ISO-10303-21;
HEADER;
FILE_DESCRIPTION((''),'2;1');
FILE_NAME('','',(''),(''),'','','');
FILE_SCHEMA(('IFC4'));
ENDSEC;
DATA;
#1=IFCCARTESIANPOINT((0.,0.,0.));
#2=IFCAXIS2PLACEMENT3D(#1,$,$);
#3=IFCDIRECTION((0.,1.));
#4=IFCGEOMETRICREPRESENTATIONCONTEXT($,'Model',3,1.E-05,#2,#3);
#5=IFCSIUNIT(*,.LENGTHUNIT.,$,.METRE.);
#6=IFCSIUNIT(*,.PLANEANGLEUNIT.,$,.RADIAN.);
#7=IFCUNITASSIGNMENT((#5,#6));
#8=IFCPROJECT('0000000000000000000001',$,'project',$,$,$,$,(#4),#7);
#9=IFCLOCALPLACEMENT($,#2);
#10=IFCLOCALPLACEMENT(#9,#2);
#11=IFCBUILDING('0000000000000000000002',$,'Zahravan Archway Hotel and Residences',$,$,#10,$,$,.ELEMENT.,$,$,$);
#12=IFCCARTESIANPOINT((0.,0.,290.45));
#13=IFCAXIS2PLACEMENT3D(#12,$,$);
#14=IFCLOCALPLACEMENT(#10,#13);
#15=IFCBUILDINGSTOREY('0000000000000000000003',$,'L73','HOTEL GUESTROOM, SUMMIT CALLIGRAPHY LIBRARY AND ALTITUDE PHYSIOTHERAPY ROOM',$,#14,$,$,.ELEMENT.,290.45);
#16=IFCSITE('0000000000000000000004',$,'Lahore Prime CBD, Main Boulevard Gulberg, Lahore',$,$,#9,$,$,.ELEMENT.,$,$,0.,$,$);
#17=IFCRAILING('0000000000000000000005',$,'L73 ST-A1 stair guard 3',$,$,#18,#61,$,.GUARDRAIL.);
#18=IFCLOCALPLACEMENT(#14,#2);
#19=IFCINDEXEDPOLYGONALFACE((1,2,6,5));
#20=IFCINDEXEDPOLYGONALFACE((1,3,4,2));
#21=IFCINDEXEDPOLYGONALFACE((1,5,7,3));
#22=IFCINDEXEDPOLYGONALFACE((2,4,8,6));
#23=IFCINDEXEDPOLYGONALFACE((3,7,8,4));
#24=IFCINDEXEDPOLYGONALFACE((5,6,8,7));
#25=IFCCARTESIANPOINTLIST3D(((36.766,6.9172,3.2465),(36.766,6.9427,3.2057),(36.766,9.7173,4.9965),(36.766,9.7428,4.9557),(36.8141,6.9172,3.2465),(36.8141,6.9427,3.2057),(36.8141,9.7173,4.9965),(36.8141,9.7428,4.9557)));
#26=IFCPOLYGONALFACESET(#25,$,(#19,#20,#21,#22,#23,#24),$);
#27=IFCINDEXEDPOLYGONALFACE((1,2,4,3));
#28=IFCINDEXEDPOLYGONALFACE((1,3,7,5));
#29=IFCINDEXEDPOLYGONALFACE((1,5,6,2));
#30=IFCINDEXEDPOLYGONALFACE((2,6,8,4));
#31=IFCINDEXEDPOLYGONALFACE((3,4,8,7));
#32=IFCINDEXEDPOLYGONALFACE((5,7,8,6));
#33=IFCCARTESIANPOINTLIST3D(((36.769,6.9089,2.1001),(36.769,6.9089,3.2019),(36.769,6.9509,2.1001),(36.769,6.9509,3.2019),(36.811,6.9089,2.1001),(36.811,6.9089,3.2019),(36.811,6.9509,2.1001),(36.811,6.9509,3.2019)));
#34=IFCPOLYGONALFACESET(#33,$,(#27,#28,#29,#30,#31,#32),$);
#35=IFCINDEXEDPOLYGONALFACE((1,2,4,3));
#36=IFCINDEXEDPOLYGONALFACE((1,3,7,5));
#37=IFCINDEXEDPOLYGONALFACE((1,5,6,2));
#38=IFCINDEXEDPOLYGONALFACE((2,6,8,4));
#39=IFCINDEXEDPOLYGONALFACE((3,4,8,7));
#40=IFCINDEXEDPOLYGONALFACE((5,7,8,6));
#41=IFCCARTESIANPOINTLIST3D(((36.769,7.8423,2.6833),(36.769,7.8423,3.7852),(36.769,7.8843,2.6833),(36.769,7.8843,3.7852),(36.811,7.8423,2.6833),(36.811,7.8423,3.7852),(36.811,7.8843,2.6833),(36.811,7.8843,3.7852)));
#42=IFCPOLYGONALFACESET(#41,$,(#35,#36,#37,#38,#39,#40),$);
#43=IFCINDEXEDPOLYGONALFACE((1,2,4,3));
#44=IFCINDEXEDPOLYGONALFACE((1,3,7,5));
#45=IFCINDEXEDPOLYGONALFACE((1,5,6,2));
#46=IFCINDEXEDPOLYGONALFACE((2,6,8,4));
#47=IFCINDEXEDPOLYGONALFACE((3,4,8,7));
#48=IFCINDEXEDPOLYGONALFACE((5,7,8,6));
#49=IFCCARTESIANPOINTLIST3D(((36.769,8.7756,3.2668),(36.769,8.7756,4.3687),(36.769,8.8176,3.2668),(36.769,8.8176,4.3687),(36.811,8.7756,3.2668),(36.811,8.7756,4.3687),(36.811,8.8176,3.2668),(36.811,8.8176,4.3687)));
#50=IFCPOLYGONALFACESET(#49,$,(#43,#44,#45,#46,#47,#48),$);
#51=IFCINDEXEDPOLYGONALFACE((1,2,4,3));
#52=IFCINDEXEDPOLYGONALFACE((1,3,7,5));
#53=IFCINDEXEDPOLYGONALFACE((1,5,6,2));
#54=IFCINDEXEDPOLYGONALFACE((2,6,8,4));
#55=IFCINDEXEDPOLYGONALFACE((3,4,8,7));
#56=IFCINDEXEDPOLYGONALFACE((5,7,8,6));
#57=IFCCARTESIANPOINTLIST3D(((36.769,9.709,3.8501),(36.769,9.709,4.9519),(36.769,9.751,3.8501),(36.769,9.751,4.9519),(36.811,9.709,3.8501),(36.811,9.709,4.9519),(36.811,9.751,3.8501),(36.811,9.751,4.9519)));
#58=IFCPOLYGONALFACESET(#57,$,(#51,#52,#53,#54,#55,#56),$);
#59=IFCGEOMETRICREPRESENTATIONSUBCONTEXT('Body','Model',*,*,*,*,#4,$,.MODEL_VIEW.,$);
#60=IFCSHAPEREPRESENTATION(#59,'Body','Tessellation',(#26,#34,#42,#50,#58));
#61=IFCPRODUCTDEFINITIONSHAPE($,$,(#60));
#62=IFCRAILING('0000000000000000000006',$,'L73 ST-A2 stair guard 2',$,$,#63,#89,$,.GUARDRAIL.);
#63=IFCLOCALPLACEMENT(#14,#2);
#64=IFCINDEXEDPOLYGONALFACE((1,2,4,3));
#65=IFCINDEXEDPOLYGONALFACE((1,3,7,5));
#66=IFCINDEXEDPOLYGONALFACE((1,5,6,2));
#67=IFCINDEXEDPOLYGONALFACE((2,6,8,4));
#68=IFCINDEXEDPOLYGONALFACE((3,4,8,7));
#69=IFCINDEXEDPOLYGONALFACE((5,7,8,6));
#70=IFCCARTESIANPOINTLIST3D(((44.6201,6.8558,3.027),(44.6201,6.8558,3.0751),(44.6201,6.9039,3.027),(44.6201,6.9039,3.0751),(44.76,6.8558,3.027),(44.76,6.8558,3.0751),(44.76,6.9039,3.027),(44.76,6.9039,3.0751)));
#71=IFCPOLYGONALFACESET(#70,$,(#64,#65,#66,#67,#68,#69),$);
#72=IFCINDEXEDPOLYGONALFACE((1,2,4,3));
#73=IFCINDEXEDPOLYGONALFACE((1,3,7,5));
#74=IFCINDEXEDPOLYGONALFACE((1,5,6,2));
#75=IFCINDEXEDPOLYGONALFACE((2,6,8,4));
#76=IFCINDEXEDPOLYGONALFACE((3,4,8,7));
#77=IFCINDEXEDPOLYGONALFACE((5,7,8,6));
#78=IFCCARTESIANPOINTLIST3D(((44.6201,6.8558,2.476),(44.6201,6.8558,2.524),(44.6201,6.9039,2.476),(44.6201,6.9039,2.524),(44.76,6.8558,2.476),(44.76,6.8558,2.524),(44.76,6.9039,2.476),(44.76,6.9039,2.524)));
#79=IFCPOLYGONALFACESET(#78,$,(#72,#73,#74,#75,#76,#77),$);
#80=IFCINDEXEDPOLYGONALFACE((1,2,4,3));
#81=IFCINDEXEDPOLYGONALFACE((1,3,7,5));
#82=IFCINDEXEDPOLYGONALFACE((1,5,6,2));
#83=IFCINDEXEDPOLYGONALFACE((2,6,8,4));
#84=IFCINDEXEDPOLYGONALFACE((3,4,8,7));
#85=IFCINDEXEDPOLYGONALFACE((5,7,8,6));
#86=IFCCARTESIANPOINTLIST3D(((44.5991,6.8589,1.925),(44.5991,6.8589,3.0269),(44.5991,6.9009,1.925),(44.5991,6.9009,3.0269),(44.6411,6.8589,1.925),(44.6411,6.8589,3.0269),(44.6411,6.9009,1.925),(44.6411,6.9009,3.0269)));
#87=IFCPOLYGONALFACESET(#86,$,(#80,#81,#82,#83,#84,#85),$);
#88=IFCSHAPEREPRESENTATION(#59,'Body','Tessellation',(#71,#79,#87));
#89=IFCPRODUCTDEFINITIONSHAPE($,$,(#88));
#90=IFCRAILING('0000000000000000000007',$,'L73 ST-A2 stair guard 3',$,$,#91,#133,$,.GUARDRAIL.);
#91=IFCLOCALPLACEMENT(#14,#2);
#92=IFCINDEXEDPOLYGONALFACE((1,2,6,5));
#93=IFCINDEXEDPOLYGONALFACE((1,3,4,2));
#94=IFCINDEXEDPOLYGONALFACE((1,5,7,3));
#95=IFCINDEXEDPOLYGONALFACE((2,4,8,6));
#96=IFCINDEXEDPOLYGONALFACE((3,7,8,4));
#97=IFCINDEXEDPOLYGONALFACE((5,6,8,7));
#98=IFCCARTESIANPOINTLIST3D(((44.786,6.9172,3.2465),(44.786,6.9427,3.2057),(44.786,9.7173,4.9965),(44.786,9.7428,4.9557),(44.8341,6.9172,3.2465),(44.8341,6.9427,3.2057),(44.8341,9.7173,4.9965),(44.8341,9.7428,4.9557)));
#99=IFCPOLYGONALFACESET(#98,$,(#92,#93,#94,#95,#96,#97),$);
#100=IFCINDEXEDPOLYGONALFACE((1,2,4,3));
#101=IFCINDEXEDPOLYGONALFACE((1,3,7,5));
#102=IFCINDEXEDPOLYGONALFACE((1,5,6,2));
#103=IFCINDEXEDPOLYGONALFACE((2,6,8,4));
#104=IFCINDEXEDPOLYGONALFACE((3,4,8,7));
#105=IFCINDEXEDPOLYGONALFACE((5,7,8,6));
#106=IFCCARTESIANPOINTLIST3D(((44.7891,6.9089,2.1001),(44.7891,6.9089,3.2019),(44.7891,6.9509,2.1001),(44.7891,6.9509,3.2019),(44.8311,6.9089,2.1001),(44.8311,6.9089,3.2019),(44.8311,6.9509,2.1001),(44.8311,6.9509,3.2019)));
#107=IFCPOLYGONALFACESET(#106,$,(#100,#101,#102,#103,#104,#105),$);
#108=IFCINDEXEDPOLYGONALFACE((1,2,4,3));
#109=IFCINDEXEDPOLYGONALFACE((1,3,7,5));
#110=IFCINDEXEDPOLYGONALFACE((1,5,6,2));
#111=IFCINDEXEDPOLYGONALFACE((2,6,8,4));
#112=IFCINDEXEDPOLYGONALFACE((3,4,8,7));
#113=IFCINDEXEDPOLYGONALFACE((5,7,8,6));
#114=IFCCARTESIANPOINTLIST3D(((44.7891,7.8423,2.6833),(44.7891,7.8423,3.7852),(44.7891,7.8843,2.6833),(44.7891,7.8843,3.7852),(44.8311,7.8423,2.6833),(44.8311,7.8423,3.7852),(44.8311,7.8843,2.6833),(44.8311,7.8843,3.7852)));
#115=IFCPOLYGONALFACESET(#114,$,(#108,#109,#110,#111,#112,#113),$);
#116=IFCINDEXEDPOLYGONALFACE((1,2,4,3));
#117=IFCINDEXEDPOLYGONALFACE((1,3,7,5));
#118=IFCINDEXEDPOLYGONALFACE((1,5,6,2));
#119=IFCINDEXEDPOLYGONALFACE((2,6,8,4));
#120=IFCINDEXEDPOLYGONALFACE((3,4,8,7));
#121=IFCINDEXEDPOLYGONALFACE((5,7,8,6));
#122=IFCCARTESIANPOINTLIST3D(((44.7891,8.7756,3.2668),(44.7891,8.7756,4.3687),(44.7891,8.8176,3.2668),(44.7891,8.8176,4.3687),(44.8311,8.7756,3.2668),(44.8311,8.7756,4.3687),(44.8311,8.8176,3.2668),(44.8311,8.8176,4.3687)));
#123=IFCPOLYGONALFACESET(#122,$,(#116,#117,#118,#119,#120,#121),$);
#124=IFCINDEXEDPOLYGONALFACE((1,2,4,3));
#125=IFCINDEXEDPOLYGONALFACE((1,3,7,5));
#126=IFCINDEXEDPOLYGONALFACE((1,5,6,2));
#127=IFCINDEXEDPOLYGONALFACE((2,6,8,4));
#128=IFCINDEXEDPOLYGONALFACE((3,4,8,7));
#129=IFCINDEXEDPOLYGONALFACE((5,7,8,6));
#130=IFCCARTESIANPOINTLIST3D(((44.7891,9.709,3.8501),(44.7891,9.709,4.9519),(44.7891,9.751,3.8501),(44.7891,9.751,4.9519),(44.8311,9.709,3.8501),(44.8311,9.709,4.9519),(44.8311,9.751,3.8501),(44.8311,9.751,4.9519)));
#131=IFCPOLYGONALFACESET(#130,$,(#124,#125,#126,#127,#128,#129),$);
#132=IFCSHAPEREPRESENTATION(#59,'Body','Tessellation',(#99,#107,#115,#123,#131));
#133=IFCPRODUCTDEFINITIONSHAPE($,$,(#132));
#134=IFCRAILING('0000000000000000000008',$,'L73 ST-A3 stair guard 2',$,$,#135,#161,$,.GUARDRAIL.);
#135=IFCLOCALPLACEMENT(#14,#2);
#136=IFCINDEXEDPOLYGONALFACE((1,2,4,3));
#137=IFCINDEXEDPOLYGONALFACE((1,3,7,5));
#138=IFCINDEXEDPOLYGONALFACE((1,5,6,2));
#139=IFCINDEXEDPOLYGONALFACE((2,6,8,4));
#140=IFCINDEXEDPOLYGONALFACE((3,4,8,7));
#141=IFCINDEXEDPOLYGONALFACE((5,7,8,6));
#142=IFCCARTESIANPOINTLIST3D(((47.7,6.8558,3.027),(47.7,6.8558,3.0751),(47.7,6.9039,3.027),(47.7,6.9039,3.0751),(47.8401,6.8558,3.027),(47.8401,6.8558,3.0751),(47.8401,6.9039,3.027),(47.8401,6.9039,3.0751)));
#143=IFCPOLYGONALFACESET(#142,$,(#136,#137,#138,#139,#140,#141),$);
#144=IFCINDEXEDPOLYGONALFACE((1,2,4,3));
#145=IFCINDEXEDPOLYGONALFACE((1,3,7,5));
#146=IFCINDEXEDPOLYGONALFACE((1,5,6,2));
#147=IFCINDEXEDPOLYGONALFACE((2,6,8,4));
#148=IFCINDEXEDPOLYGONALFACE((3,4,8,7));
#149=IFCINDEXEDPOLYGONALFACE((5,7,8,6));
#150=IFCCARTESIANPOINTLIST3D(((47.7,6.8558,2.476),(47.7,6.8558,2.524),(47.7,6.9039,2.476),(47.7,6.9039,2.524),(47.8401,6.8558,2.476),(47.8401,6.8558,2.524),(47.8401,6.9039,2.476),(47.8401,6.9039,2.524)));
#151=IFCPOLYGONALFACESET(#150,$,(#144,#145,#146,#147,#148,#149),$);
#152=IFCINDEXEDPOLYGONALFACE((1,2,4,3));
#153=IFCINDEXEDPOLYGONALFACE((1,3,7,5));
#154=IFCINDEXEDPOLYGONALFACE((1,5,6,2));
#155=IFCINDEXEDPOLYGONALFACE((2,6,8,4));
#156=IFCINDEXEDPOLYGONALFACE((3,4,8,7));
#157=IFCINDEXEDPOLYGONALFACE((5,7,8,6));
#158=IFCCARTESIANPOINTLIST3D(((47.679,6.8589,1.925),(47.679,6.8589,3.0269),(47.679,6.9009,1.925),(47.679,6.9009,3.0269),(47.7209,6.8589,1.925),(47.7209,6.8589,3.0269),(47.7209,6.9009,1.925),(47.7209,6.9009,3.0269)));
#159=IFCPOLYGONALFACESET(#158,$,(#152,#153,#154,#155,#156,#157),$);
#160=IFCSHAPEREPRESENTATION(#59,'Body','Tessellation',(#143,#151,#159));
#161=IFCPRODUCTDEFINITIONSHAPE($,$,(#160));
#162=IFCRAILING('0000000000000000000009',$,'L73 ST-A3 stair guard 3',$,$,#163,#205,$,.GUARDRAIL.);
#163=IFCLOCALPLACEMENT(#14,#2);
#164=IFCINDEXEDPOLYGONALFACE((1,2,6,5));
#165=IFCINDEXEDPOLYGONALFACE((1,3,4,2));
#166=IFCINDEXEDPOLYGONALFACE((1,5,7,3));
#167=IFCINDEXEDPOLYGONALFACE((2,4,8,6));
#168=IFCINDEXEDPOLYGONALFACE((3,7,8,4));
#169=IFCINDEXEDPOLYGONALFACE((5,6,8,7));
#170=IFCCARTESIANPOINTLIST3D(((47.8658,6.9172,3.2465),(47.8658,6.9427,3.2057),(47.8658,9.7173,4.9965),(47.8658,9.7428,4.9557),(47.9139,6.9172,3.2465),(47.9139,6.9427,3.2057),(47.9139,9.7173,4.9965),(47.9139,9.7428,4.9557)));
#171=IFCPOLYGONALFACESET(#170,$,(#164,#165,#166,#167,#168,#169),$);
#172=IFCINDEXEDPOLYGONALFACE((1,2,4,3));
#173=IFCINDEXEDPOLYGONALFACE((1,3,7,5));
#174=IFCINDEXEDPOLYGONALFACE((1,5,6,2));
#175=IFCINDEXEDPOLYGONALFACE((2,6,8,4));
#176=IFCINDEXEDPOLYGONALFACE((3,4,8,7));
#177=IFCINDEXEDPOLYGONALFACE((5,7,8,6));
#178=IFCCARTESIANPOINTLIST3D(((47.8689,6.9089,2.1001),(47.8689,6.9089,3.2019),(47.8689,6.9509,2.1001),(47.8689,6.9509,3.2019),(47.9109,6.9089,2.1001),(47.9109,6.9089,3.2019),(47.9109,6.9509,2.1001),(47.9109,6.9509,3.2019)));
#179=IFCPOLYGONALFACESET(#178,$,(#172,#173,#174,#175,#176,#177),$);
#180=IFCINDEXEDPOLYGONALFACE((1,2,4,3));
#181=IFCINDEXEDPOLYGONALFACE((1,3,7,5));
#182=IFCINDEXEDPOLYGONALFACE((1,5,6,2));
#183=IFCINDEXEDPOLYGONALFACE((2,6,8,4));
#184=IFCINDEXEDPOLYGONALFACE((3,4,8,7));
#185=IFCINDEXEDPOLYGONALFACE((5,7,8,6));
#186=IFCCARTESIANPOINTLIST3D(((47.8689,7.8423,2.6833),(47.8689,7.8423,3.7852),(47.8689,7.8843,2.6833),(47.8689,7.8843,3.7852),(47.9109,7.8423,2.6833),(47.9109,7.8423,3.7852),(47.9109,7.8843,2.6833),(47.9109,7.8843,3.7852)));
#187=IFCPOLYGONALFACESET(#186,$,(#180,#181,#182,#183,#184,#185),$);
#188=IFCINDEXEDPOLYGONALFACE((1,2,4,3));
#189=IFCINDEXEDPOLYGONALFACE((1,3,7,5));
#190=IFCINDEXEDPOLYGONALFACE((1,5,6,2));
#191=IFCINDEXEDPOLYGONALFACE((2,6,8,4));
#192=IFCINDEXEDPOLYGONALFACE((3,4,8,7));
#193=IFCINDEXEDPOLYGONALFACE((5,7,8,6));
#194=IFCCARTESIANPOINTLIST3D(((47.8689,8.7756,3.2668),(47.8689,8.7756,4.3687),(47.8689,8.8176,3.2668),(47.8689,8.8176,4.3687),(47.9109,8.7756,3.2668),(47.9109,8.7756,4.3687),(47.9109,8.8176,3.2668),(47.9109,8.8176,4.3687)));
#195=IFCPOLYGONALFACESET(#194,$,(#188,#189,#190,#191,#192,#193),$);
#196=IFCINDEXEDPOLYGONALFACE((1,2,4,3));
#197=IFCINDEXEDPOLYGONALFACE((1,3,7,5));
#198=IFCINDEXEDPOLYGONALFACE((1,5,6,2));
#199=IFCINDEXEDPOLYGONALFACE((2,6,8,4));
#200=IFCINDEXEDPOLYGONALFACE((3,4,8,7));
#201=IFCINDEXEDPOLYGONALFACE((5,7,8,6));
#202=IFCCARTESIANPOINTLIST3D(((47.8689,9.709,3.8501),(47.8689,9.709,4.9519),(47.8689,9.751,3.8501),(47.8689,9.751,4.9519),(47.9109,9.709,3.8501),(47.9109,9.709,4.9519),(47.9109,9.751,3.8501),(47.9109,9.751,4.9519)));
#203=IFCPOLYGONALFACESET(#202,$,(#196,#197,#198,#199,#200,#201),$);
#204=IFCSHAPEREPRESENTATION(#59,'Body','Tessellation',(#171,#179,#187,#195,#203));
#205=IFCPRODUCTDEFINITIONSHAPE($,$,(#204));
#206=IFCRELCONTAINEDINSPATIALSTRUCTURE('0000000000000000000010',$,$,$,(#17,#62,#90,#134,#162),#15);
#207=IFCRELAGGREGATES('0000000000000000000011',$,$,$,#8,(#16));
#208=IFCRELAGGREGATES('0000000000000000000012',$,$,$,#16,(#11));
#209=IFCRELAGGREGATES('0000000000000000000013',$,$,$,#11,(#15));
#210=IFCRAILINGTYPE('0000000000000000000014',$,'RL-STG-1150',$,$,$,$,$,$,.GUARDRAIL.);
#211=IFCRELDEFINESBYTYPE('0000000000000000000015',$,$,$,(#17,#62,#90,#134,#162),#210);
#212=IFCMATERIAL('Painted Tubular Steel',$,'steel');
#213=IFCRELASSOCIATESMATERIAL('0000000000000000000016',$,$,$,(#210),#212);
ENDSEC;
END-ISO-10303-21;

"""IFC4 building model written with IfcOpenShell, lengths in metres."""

from ifc_helpers import new_model, si_unit, direction, frame, origin, origin_2d, place, context, subcontext, project, spatial, rectangle, extrude, material, type_object, element, save


model = new_model("IFC4")

# Units and contexts
model_context = context("Model", 3, precision=1e-05, world=origin(), true_north=direction((0.0, 1.0)))
body_context = subcontext(model_context, "Body", "Model", "MODEL_VIEW")
ifc_project = project(units=[si_unit("LENGTHUNIT", "METRE"), si_unit("PLANEANGLEUNIT", "RADIAN")], contexts=[model_context])

# Site, building, storey
site_placement = place(None, origin())
site = spatial("IfcSite", under=ifc_project, at=site_placement, Name="Lahore Prime CBD, Main Boulevard Gulberg, Lahore", CompositionType="ELEMENT", RefElevation=0.0)
building_placement = place(site_placement, origin())
building = spatial("IfcBuilding", under=site, at=building_placement, Name="Zahravan Archway Hotel and Residences", CompositionType="ELEMENT")
storey_placement = place(building_placement, frame((0.0, 0.0, 290.45)))
storey = spatial("IfcBuildingStorey", under=building, at=storey_placement, Name="L73", Description="HOTEL GUESTROOM, SUMMIT CALLIGRAPHY LIBRARY AND ALTITUDE PHYSIOTHERAPY ROOM", CompositionType="ELEMENT", Elevation=290.45)

# Railings
ifc_material_1 = material(Name="Painted Tubular Steel", Category="steel")
railing_type_1 = type_object("IfcRailingType", Name="RL-STG-1150", PredefinedType="GUARDRAIL", material=ifc_material_1)
railing_1_placement = place(storey_placement, frame((36.79, 6.9299, 2.1001)))
element("IfcRailing", 1, at=railing_1_placement, inside=storey, type_object=railing_type_1, Name="L73 ST-A1 stair guard 3", PredefinedType="GUARDRAIL", context=body_context, shape_type="SweptSolid", body=[
    extrude(rectangle(XDim=0.0481, YDim=0.0481, at=origin_2d()), frame((0.0, 0.0, 1.126), z_axis=(0.0, 0.848002, 0.529992), x_axis=(-1.0, 0.0, 0.0)), (0.0, 0.0, 1.0), 3.302),
    extrude(rectangle(XDim=0.042, YDim=0.042, at=origin_2d()), origin(), (0.0, 0.0, 1.0), 1.1018),
    extrude(rectangle(XDim=0.042, YDim=0.042, at=origin_2d()), frame((0.0, 0.9333, 0.5833)), (0.0, 0.0, 1.0), 1.1018),
    extrude(rectangle(XDim=0.042, YDim=0.042, at=origin_2d()), frame((0.0, 1.8667, 1.1667)), (0.0, 0.0, 1.0), 1.1018),
    extrude(rectangle(XDim=0.042, YDim=0.042, at=origin_2d()), frame((0.0, 2.8, 1.75)), (0.0, 0.0, 1.0), 1.1018),
])
railing_2_placement = place(storey_placement, frame((44.6201, 6.8799, 1.925)))
element("IfcRailing", 2, at=railing_2_placement, inside=storey, type_object=railing_type_1, Name="L73 ST-A2 stair guard 2", PredefinedType="GUARDRAIL", context=body_context, shape_type="SweptSolid", body=[
    extrude(rectangle(XDim=0.0481, YDim=0.0481, at=origin_2d()), frame((0.0, 0.0, 1.126), z_axis=(1.0, 0.0, 0.0), x_axis=(0.0, 1.0, 0.0)), (0.0, 0.0, 1.0), 0.1399),
    extrude(rectangle(XDim=0.0481, YDim=0.0481, at=origin_2d()), frame((0.0, 0.0, 0.575), z_axis=(1.0, 0.0, 0.0), x_axis=(0.0, 1.0, 0.0)), (0.0, 0.0, 1.0), 0.1399),
    extrude(rectangle(XDim=0.042, YDim=0.042, at=origin_2d()), origin(), (0.0, 0.0, 1.0), 1.1018),
])
railing_3_placement = place(storey_placement, frame((44.8101, 6.9299, 2.1001)))
element("IfcRailing", 3, at=railing_3_placement, inside=storey, type_object=railing_type_1, Name="L73 ST-A2 stair guard 3", PredefinedType="GUARDRAIL", context=body_context, shape_type="SweptSolid", body=[
    extrude(rectangle(XDim=0.0481, YDim=0.0481, at=origin_2d()), frame((0.0, 0.0, 1.126), z_axis=(0.0, 0.848002, 0.529992), x_axis=(-1.0, 0.0, 0.0)), (0.0, 0.0, 1.0), 3.302),
    extrude(rectangle(XDim=0.042, YDim=0.042, at=origin_2d()), origin(), (0.0, 0.0, 1.0), 1.1018),
    extrude(rectangle(XDim=0.042, YDim=0.042, at=origin_2d()), frame((0.0, 0.9333, 0.5833)), (0.0, 0.0, 1.0), 1.1018),
    extrude(rectangle(XDim=0.042, YDim=0.042, at=origin_2d()), frame((0.0, 1.8667, 1.1667)), (0.0, 0.0, 1.0), 1.1018),
    extrude(rectangle(XDim=0.042, YDim=0.042, at=origin_2d()), frame((0.0, 2.8, 1.75)), (0.0, 0.0, 1.0), 1.1018),
])
railing_4_placement = place(storey_placement, frame((47.7, 6.8799, 1.925)))
element("IfcRailing", 4, at=railing_4_placement, inside=storey, type_object=railing_type_1, Name="L73 ST-A3 stair guard 2", PredefinedType="GUARDRAIL", context=body_context, shape_type="SweptSolid", body=[
    extrude(rectangle(XDim=0.0481, YDim=0.0481, at=origin_2d()), frame((0.0, 0.0, 1.126), z_axis=(1.0, 0.0, 0.0), x_axis=(0.0, 1.0, 0.0)), (0.0, 0.0, 1.0), 0.1401),
    extrude(rectangle(XDim=0.0481, YDim=0.0481, at=origin_2d()), frame((0.0, 0.0, 0.575), z_axis=(1.0, 0.0, 0.0), x_axis=(0.0, 1.0, 0.0)), (0.0, 0.0, 1.0), 0.1401),
    extrude(rectangle(XDim=0.042, YDim=0.042, at=origin_2d()), origin(), (0.0, 0.0, 1.0), 1.1018),
])
railing_5_placement = place(storey_placement, frame((47.8899, 6.9299, 2.1001)))
element("IfcRailing", 5, at=railing_5_placement, inside=storey, type_object=railing_type_1, Name="L73 ST-A3 stair guard 3", PredefinedType="GUARDRAIL", context=body_context, shape_type="SweptSolid", body=[
    extrude(rectangle(XDim=0.0481, YDim=0.0481, at=origin_2d()), frame((0.0, 0.0, 1.126), z_axis=(0.0, 0.848002, 0.529992), x_axis=(-1.0, 0.0, 0.0)), (0.0, 0.0, 1.0), 3.302),
    extrude(rectangle(XDim=0.042, YDim=0.042, at=origin_2d()), origin(), (0.0, 0.0, 1.0), 1.1018),
    extrude(rectangle(XDim=0.042, YDim=0.042, at=origin_2d()), frame((0.0, 0.9333, 0.5833)), (0.0, 0.0, 1.0), 1.1018),
    extrude(rectangle(XDim=0.042, YDim=0.042, at=origin_2d()), frame((0.0, 1.8667, 1.1667)), (0.0, 0.0, 1.0), 1.1018),
    extrude(rectangle(XDim=0.042, YDim=0.042, at=origin_2d()), frame((0.0, 2.8, 1.75)), (0.0, 0.0, 1.0), 1.1018),
])

save(model, "model.ifc")
